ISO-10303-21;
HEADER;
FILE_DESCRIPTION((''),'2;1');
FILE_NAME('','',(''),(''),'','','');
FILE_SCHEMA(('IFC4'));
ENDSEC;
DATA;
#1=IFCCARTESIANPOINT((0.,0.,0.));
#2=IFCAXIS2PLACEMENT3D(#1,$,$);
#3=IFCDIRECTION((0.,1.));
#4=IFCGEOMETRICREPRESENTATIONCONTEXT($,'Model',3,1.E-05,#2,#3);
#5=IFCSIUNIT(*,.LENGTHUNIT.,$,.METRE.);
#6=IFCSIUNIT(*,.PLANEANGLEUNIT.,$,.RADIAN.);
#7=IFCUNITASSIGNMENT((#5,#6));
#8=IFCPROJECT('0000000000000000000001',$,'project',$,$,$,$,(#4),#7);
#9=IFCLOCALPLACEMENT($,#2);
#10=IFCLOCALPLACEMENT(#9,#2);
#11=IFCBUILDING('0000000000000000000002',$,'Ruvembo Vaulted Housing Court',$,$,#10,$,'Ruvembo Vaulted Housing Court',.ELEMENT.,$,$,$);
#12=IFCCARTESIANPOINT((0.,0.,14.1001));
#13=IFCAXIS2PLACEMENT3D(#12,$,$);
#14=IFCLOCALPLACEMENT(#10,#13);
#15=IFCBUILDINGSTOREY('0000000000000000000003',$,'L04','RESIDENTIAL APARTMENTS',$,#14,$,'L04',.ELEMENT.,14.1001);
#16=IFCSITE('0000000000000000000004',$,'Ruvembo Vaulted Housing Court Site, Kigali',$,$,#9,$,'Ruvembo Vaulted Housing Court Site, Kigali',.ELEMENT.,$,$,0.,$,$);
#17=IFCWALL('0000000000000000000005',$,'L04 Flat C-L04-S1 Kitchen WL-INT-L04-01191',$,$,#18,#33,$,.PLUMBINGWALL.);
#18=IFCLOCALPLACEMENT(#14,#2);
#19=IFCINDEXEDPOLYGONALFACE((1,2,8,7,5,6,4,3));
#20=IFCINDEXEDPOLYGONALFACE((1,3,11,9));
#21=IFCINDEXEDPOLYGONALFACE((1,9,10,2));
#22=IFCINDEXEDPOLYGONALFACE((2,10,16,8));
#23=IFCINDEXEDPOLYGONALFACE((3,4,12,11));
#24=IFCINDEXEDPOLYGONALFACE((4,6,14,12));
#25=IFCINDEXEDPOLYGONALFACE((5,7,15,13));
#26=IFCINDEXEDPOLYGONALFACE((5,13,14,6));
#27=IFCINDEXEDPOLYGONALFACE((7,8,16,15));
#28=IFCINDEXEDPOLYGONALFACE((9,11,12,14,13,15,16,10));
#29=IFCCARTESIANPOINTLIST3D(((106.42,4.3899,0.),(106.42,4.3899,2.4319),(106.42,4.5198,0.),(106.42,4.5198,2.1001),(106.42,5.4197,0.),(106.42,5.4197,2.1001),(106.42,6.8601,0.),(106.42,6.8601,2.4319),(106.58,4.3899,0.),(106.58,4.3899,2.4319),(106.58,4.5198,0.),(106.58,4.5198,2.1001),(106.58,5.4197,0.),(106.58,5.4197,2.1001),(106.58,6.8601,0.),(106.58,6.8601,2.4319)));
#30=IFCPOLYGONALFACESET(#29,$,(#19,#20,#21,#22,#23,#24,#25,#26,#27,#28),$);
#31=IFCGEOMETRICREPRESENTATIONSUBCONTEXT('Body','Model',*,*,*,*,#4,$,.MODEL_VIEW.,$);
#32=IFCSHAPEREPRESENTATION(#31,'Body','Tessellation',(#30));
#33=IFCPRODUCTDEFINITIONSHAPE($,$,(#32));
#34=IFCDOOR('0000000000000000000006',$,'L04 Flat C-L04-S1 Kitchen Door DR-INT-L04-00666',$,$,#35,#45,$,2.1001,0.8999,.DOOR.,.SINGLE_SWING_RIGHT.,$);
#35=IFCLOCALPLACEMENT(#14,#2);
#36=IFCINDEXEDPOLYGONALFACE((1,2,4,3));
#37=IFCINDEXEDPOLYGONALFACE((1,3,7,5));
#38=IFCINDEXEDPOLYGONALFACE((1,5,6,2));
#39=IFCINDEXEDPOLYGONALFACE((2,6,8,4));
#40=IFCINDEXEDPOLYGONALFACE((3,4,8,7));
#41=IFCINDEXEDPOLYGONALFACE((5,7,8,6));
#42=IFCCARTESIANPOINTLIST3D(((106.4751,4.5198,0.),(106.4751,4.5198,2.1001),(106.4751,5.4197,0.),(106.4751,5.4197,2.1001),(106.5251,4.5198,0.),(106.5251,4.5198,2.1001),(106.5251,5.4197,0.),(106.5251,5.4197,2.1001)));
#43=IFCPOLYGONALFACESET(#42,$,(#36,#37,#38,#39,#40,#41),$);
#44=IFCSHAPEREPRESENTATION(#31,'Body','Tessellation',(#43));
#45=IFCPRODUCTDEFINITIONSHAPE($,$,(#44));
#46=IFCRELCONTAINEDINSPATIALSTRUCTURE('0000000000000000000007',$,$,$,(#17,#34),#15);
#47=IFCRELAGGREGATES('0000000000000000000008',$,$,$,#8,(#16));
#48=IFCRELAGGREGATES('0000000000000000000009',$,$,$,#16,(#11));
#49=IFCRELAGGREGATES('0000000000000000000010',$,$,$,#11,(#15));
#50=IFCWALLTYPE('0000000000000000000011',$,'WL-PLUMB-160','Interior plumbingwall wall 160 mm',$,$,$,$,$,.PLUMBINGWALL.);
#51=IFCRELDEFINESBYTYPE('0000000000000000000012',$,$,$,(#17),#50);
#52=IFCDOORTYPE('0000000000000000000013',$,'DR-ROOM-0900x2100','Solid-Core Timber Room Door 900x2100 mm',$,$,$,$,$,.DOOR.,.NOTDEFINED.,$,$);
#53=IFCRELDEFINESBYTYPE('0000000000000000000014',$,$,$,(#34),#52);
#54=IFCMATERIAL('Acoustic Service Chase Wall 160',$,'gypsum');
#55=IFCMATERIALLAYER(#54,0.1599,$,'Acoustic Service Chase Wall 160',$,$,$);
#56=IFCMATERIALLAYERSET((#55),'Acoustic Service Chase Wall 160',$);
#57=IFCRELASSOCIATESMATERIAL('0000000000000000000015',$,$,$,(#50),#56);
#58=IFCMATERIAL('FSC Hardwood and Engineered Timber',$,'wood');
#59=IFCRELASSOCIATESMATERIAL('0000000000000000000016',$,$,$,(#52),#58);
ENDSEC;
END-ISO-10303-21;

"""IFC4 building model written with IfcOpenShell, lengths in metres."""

from ifc_helpers import new_model, si_unit, direction, frame, frame_2d, origin, place, context, subcontext, project, spatial, rectangle, extrude, material, layer, layer_set, type_object, element, fill, save


model = new_model("IFC4")

# Units and contexts
model_context = context("Model", 3, precision=1e-05, world=origin(), true_north=direction((0.0, 1.0)))
body_context = subcontext(model_context, "Body", "Model", "MODEL_VIEW")
ifc_project = project(units=[si_unit("LENGTHUNIT", "METRE"), si_unit("PLANEANGLEUNIT", "RADIAN")], contexts=[model_context])

# Site, building, storey
site_placement = place(None, origin())
site = spatial("IfcSite", under=ifc_project, at=site_placement, Name="Ruvembo Vaulted Housing Court Site, Kigali", LongName="Ruvembo Vaulted Housing Court Site, Kigali", CompositionType="ELEMENT", RefElevation=0.0)
building_placement = place(site_placement, origin())
building = spatial("IfcBuilding", under=site, at=building_placement, Name="Ruvembo Vaulted Housing Court", LongName="Ruvembo Vaulted Housing Court", CompositionType="ELEMENT")
storey_placement = place(building_placement, frame((0.0, 0.0, 14.1001)))
storey = spatial("IfcBuildingStorey", under=building, at=storey_placement, Name="L04", Description="RESIDENTIAL APARTMENTS", LongName="L04", CompositionType="ELEMENT", Elevation=14.1001)

# Shared definitions
ifc_material_1 = material(Name="FSC Hardwood and Engineered Timber", Category="wood")

# Wall, opening, door
ifc_material_2 = material(Name="Acoustic Service Chase Wall 160", Category="gypsum")
ifc_layer_1 = layer(ifc_material_2, 0.1599, Name="Acoustic Service Chase Wall 160")
ifc_layer_set_1 = layer_set([ifc_layer_1], Name="Acoustic Service Chase Wall 160")
wall_type_1 = type_object("IfcWallType", Name="WL-PLUMB-160", Description="Interior plumbingwall wall 160 mm", PredefinedType="PLUMBINGWALL", material=ifc_layer_set_1)
wall_1_placement = place(storey_placement, frame((106.5, 4.3899, 0.0), z_axis=(0.0, 0.0, 1.0), x_axis=(0.0, 1.0, 0.0)))
wall_1 = element("IfcWall", 1, at=wall_1_placement, inside=storey, type_object=wall_type_1, Name="L04 Flat C-L04-S1 Kitchen WL-INT-L04-01191", PredefinedType="PLUMBINGWALL", context=body_context, shape_type="SweptSolid", body=[
    extrude(rectangle(XDim=2.4702, YDim=0.1599, at=frame_2d((1.2351, 0.0))), origin(), (0.0, 0.0, 1.0), 2.4319),
])
opening_1_placement = place(wall_1_placement, frame((0.1299, 0.0, 0.0)))
opening_1 = element("IfcOpeningElement", 2, at=opening_1_placement, cuts=wall_1, PredefinedType="OPENING", context=body_context, shape_type="SweptSolid", body=[
    extrude(rectangle(XDim=0.8999, YDim=2.1001, at=frame_2d((0.45, 1.05))), frame((0.0, 0.0898, 0.0), z_axis=(0.0, -1.0, 0.0), x_axis=(1.0, 0.0, 0.0)), (0.0, 0.0, 1.0), 0.1799),
])
door_type_1 = type_object("IfcDoorType", Name="DR-ROOM-0900x2100", Description="Solid-Core Timber Room Door 900x2100 mm", OperationType="NOTDEFINED", PredefinedType="DOOR", material=ifc_material_1)
door_1_placement = place(opening_1_placement, origin())
door_1 = element("IfcDoor", 3, at=door_1_placement, inside=storey, type_object=door_type_1, Name="L04 Flat C-L04-S1 Kitchen Door DR-INT-L04-00666", OperationType="SINGLE_SWING_RIGHT", OverallHeight=2.1001, OverallWidth=0.8999, PredefinedType="DOOR", context=body_context, shape_type="SweptSolid", body=[
    extrude(rectangle(XDim=0.8999, YDim=2.1001, at=frame_2d((0.45, 1.05))), frame((0.0, 0.0249, 0.0), z_axis=(0.0, -1.0, 0.0), x_axis=(1.0, 0.0, 0.0)), (0.0, 0.0, 1.0), 0.05),
])
fill(opening_1, door_1)

save(model, "model.ifc")
